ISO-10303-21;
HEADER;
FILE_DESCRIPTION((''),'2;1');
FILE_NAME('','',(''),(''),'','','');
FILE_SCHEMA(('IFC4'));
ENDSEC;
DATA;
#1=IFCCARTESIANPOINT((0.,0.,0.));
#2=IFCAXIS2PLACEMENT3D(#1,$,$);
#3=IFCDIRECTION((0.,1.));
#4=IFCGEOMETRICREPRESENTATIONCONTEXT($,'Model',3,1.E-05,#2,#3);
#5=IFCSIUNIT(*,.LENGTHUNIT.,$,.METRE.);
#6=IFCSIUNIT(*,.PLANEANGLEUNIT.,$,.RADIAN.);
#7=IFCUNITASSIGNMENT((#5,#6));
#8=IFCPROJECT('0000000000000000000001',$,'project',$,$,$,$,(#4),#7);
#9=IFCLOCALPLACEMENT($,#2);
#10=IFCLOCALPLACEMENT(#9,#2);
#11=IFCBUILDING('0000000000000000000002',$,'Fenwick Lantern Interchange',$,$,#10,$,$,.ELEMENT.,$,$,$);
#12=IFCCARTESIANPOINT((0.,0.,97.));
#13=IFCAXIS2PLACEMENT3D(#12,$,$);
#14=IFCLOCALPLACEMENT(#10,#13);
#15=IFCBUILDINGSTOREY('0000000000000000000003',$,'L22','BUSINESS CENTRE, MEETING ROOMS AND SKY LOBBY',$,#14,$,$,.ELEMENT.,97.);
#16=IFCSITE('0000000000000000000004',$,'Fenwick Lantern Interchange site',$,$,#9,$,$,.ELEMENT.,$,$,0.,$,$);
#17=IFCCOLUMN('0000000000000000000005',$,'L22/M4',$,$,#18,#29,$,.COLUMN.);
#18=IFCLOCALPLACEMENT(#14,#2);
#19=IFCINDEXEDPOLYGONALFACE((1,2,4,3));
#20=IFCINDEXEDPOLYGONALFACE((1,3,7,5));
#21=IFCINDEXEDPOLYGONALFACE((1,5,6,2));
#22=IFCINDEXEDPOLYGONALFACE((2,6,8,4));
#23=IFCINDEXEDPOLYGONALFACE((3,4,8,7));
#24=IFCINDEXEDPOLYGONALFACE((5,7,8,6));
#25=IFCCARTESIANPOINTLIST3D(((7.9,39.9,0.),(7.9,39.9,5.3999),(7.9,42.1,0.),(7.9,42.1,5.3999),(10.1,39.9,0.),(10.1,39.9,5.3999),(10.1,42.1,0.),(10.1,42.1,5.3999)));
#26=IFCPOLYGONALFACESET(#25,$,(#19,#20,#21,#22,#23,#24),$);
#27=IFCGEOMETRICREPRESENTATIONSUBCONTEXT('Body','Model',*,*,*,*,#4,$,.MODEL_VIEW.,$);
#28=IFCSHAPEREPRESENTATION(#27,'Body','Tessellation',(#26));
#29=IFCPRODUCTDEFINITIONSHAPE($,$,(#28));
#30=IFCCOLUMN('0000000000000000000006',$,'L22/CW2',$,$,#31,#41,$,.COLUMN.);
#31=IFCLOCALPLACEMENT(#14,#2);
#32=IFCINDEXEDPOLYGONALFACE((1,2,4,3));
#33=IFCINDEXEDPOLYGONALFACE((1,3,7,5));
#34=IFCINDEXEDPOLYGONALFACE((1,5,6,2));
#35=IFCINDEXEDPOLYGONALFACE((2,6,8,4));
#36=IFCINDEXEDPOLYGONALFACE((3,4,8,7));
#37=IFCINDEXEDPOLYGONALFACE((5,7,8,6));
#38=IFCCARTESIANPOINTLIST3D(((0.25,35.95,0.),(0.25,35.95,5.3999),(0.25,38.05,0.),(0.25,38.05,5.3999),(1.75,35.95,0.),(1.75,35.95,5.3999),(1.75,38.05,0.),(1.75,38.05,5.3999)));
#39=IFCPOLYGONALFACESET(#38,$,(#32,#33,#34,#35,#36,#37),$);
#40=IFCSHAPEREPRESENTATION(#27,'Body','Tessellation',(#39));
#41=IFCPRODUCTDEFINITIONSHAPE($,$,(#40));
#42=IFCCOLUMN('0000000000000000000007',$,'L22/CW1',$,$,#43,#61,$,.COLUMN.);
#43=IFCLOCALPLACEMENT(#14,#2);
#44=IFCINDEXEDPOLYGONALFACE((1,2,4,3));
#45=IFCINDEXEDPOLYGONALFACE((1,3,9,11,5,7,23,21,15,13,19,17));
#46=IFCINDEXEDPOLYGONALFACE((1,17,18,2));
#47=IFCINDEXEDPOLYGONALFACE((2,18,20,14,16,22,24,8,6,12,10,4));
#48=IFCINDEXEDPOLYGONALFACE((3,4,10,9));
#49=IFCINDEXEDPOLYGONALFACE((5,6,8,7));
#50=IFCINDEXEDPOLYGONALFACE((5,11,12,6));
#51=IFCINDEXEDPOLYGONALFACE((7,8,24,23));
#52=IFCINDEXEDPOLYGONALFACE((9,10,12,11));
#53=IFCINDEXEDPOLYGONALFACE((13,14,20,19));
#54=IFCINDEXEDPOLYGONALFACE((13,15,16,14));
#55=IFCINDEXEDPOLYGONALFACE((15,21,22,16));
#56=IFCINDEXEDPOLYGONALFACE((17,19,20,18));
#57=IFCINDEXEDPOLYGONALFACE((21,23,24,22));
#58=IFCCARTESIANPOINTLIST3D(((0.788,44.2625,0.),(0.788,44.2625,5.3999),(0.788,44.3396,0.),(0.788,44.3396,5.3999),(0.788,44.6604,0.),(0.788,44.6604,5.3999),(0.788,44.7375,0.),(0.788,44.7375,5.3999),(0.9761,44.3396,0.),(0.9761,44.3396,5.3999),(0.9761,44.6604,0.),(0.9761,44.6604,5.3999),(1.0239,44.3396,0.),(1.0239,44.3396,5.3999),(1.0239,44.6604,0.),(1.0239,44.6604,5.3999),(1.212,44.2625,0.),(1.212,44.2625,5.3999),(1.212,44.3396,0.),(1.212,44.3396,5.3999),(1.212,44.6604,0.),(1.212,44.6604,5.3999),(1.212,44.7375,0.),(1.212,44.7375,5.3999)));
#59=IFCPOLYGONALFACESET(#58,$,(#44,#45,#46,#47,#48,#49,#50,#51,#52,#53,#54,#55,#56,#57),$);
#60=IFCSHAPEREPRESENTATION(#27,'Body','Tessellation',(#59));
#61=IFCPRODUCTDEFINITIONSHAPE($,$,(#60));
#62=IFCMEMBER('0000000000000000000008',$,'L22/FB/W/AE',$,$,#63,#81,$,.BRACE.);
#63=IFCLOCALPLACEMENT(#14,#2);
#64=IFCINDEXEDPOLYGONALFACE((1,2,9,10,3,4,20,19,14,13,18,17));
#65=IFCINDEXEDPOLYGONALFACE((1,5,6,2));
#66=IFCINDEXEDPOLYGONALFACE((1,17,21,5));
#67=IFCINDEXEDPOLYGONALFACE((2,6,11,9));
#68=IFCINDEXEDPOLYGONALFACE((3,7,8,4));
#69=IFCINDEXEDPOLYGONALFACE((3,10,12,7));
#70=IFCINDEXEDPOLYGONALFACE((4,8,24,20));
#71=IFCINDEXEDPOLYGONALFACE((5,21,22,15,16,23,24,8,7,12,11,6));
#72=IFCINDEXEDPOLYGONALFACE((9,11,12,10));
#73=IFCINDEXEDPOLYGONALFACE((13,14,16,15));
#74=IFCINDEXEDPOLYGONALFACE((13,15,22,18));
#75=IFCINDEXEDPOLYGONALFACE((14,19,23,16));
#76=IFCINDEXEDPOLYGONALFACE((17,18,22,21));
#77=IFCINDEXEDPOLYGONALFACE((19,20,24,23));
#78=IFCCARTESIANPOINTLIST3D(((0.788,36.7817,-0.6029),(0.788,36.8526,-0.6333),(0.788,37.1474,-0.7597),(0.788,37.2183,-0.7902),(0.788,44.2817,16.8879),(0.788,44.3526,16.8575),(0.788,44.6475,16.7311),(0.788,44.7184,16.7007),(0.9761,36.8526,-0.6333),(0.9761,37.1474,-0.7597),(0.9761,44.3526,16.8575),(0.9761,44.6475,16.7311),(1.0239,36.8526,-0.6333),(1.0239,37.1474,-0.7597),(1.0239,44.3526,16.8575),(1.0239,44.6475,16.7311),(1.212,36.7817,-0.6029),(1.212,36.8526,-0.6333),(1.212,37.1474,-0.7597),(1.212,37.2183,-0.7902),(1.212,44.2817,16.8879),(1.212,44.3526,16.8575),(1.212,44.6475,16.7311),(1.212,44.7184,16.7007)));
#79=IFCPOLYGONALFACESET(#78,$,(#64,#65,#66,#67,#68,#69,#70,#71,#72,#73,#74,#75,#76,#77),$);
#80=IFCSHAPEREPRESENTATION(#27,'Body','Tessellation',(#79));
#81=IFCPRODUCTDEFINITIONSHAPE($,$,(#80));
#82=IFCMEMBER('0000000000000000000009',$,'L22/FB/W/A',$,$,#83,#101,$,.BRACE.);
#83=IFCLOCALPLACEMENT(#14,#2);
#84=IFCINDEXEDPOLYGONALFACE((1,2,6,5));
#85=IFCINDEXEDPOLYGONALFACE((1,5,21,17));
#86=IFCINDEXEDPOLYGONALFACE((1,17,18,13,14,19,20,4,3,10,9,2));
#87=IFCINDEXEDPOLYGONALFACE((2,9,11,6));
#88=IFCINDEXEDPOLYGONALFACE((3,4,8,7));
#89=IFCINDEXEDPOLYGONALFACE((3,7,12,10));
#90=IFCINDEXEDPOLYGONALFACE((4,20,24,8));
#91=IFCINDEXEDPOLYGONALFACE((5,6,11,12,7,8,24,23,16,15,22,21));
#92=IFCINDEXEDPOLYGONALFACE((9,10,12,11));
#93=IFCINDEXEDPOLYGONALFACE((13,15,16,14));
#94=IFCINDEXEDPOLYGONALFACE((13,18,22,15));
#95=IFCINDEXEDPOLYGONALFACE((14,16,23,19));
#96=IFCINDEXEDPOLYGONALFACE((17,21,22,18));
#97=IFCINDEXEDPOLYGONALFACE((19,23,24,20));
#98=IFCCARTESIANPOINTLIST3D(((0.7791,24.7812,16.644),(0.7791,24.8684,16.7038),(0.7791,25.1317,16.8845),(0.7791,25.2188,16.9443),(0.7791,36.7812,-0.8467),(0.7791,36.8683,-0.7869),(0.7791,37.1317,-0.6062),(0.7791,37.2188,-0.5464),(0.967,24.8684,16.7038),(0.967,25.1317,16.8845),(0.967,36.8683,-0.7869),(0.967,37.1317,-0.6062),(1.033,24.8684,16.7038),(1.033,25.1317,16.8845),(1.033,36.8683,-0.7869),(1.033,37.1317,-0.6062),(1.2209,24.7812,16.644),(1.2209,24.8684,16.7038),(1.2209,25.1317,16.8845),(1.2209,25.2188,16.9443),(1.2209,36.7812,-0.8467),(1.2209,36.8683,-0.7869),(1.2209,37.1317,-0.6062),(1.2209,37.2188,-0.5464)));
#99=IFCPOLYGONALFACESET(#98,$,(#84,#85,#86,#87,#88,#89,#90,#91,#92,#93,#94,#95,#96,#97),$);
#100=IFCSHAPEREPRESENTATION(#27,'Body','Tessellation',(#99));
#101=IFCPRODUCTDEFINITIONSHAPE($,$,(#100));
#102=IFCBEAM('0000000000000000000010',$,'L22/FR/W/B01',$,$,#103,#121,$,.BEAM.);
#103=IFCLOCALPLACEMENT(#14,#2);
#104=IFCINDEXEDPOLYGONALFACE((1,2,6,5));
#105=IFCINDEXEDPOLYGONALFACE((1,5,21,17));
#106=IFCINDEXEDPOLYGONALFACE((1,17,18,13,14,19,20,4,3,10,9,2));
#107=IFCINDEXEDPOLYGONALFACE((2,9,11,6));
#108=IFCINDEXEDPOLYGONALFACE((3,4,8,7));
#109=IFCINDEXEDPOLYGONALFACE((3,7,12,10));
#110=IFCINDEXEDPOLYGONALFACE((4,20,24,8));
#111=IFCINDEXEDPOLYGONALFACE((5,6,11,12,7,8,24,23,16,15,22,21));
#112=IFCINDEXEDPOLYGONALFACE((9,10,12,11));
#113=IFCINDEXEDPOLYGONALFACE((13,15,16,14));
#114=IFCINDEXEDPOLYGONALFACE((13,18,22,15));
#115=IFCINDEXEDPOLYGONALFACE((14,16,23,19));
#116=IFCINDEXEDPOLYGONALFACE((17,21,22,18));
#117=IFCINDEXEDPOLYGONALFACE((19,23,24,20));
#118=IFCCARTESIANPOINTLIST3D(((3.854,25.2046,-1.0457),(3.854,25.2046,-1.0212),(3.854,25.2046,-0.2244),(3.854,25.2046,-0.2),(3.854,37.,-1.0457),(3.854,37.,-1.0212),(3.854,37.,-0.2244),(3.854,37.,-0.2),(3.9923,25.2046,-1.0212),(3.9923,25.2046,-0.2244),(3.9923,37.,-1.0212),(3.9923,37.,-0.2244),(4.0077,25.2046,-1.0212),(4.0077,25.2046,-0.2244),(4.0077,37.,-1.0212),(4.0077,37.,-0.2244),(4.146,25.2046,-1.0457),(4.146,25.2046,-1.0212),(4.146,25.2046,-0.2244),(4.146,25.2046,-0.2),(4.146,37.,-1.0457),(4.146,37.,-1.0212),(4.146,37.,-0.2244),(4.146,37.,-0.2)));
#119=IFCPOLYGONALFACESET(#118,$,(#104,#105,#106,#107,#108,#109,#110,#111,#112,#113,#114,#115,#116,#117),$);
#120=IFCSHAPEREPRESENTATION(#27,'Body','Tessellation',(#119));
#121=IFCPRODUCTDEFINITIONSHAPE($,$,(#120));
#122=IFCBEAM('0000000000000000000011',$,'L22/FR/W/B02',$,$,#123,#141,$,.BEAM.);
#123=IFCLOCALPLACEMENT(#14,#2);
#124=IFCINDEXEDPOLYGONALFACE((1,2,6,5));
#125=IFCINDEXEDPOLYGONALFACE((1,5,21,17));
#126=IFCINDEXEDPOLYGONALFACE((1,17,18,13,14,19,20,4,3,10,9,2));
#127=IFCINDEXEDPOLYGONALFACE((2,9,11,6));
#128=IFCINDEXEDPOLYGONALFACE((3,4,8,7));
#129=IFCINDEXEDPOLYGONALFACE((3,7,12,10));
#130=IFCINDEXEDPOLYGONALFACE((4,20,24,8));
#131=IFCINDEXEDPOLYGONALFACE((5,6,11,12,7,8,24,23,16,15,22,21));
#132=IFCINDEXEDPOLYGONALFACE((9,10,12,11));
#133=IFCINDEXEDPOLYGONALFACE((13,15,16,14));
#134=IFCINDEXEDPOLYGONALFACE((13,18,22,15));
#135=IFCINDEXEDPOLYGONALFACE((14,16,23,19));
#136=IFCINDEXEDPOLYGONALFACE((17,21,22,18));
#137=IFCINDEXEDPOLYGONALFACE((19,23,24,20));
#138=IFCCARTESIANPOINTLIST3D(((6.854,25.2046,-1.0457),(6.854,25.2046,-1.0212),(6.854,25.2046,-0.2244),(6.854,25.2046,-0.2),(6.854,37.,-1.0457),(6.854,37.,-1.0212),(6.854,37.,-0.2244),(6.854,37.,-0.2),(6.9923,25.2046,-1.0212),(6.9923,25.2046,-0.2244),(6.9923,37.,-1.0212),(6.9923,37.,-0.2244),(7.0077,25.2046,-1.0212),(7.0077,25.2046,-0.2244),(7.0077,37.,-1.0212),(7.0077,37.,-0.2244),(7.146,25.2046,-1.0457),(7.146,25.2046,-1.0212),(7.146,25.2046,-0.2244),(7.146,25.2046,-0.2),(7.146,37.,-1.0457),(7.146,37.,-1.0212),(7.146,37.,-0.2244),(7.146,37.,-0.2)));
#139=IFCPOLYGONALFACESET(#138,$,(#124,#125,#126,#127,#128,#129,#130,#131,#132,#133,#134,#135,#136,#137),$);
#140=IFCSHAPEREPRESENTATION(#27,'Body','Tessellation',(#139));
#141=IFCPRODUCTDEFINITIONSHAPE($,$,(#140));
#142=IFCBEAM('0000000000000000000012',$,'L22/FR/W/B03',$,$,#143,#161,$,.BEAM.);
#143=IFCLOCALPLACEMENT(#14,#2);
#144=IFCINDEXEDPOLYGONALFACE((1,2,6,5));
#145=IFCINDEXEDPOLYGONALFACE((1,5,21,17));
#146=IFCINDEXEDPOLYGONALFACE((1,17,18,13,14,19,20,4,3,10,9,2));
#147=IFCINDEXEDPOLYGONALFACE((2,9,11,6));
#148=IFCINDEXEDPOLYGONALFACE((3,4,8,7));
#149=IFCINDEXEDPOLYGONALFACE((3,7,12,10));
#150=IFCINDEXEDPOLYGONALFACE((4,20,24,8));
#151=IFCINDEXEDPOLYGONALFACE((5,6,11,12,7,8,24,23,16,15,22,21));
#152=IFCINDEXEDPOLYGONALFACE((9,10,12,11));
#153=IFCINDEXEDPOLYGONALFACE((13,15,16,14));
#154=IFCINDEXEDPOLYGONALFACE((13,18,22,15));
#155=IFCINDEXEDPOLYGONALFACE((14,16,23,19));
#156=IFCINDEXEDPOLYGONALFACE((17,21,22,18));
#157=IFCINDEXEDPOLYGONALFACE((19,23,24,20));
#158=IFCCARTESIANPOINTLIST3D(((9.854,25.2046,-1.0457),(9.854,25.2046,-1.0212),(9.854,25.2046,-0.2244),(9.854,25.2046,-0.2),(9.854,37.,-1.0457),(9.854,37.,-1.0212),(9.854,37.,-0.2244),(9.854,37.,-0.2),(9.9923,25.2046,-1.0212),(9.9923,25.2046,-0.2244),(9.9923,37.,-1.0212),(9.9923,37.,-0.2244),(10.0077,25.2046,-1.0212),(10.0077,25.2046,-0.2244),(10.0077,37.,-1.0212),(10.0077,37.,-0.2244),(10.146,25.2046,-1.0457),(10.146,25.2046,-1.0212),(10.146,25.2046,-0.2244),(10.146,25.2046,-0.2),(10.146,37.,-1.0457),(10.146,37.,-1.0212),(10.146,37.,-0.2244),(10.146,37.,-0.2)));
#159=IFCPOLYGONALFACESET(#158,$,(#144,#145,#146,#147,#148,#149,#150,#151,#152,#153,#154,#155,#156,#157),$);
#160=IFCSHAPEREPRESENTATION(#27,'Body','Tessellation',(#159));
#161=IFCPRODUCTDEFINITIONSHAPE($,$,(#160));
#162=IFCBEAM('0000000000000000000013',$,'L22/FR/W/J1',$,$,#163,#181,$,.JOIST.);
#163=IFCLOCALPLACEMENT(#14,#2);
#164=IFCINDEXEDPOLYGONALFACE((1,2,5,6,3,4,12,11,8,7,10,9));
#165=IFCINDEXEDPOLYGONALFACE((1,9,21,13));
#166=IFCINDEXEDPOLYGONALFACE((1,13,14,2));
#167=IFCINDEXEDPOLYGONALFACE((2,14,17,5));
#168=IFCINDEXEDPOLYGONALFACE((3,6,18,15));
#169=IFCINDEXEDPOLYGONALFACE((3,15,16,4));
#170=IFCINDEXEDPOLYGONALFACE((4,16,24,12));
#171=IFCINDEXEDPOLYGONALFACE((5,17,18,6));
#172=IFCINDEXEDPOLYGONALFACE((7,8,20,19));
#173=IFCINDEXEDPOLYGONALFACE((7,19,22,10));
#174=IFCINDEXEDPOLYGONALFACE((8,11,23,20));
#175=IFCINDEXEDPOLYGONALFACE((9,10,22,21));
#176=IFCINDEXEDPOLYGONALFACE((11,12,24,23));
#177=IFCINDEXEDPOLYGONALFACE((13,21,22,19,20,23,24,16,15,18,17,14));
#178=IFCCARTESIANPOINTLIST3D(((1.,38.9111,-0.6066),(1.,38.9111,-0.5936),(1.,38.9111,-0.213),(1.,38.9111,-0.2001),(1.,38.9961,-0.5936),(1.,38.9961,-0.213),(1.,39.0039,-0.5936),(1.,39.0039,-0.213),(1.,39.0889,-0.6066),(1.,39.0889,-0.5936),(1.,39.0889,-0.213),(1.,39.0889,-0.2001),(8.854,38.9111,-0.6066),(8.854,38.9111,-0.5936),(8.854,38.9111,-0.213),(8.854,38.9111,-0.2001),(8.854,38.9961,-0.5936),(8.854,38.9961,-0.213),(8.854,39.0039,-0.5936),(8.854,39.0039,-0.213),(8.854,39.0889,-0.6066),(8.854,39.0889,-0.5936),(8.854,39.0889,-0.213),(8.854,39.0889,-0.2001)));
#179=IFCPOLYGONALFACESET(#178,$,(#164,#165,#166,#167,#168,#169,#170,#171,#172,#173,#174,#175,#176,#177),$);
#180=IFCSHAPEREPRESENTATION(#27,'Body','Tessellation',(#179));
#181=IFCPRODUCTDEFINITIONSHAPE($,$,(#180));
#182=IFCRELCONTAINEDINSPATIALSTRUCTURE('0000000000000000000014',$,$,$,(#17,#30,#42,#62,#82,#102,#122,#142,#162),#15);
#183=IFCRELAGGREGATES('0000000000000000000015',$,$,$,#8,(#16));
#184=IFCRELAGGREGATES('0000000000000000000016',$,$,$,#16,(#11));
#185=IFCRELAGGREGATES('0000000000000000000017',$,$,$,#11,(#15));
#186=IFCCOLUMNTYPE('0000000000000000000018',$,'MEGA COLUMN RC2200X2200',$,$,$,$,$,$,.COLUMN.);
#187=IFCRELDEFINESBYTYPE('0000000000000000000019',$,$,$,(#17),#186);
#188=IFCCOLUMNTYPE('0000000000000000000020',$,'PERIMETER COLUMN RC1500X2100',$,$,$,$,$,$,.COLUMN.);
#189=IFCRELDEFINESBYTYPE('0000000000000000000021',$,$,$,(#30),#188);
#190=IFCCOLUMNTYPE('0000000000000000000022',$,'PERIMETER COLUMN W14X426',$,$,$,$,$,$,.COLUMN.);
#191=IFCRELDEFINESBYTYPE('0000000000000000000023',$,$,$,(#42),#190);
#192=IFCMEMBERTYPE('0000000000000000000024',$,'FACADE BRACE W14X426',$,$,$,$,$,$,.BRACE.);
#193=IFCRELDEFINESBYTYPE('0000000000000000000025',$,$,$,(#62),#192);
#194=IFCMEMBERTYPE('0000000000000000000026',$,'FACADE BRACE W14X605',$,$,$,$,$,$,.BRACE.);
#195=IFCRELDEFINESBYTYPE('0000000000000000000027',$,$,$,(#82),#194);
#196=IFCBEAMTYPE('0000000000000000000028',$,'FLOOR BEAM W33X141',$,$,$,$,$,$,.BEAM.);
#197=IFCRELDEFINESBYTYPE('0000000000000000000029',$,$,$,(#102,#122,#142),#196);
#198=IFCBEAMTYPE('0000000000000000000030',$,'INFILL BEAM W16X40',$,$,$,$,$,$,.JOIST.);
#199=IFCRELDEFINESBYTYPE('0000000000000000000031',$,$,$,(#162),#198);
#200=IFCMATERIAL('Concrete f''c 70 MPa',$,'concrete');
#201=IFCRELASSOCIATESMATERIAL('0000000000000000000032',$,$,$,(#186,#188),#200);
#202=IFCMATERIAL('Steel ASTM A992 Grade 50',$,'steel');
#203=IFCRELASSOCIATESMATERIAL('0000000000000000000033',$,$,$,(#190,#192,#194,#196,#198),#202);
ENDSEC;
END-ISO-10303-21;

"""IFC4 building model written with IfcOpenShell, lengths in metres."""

from ifc_helpers import new_model, si_unit, direction, frame, origin, origin_2d, place, context, subcontext, project, spatial, rectangle, i_section, extrude, material, material_profile, profile_set, type_object, element, save


model = new_model("IFC4")

# Units and contexts
model_context = context("Model", 3, precision=1e-05, world=origin(), true_north=direction((0.0, 1.0)))
body_context = subcontext(model_context, "Body", "Model", "MODEL_VIEW")
ifc_project = project(units=[si_unit("LENGTHUNIT", "METRE"), si_unit("PLANEANGLEUNIT", "RADIAN")], contexts=[model_context])

# Site, building, storey
site_placement = place(None, origin())
site = spatial("IfcSite", under=ifc_project, at=site_placement, Name="Fenwick Lantern Interchange site", CompositionType="ELEMENT", RefElevation=0.0)
building_placement = place(site_placement, origin())
building = spatial("IfcBuilding", under=site, at=building_placement, Name="Fenwick Lantern Interchange", CompositionType="ELEMENT")
storey_placement = place(building_placement, frame((0.0, 0.0, 97.0)))
storey = spatial("IfcBuildingStorey", under=building, at=storey_placement, Name="L22", Description="BUSINESS CENTRE, MEETING ROOMS AND SKY LOBBY", CompositionType="ELEMENT", Elevation=97.0)

# Columns
ifc_material_1 = material(Name="Concrete f'c 70 MPa", Category="concrete")
ifc_material_profile_1 = material_profile(ifc_material_1, rectangle(XDim=2.2, YDim=2.2, at=origin_2d()), Name="RC2200X2200")
ifc_profile_set_1 = profile_set([ifc_material_profile_1], Name="Concrete f'c 70 MPa")
column_type_1 = type_object("IfcColumnType", Name="MEGA COLUMN RC2200X2200", PredefinedType="COLUMN", material=ifc_profile_set_1)
column_1_placement = place(storey_placement, frame((9.0, 41.0, 0.0), z_axis=(0.0, 0.0, 1.0), x_axis=(1.0, 0.0, 0.0)))
element("IfcColumn", 1, at=column_1_placement, inside=storey, type_object=column_type_1, Name="L22/M4", PredefinedType="COLUMN", context=body_context, shape_type="SweptSolid", body=[
    extrude(rectangle(XDim=2.2, YDim=2.2, at=origin_2d()), origin(), (0.0, 0.0, 1.0), 5.3999),
])
ifc_material_profile_2 = material_profile(ifc_material_1, rectangle(XDim=1.5, YDim=2.1001, at=origin_2d()), Name="RC1500X2100")
ifc_profile_set_2 = profile_set([ifc_material_profile_2], Name="Concrete f'c 70 MPa")
column_type_2 = type_object("IfcColumnType", Name="PERIMETER COLUMN RC1500X2100", PredefinedType="COLUMN", material=ifc_profile_set_2)
column_2_placement = place(storey_placement, frame((1.0, 37.0, 0.0), z_axis=(0.0, 0.0, 1.0), x_axis=(1.0, 0.0, 0.0)))
element("IfcColumn", 2, at=column_2_placement, inside=storey, type_object=column_type_2, Name="L22/CW2", PredefinedType="COLUMN", context=body_context, shape_type="SweptSolid", body=[
    extrude(rectangle(XDim=1.5, YDim=2.1001, at=origin_2d()), origin(), (0.0, 0.0, 1.0), 5.3999),
])
ifc_material_2 = material(Name="Steel ASTM A992 Grade 50", Category="steel")
ifc_material_profile_3 = material_profile(ifc_material_2, i_section(OverallWidth=0.4241, OverallDepth=0.4751, WebThickness=0.0479, FlangeThickness=0.0771, at=origin_2d()), Name="W14X426")
ifc_profile_set_3 = profile_set([ifc_material_profile_3], Name="Steel ASTM A992 Grade 50")
column_type_3 = type_object("IfcColumnType", Name="PERIMETER COLUMN W14X426", PredefinedType="COLUMN", material=ifc_profile_set_3)
column_3_placement = place(storey_placement, frame((1.0, 44.5, 0.0), z_axis=(0.0, 0.0, 1.0), x_axis=(1.0, 0.0, 0.0)))
element("IfcColumn", 3, at=column_3_placement, inside=storey, type_object=column_type_3, Name="L22/CW1", PredefinedType="COLUMN", context=body_context, shape_type="SweptSolid", body=[
    extrude(i_section(OverallWidth=0.4241, OverallDepth=0.4751, WebThickness=0.0479, FlangeThickness=0.0771, at=origin_2d()), origin(), (0.0, 0.0, 1.0), 5.3999),
])

# Members
ifc_material_profile_4 = material_profile(ifc_material_2, i_section(OverallWidth=0.4241, OverallDepth=0.4751, WebThickness=0.0479, FlangeThickness=0.0771, at=origin_2d()), Name="W14X426")
ifc_profile_set_4 = profile_set([ifc_material_profile_4], Name="Steel ASTM A992 Grade 50")
member_type_1 = type_object("IfcMemberType", Name="FACADE BRACE W14X426", PredefinedType="BRACE", material=ifc_profile_set_4)
member_1_placement = place(storey_placement, frame((1.0, 37.0, -0.6965), z_axis=(0.0, 0.394096, 0.919069), x_axis=(-1.0, 0.0, 0.0)))
element("IfcMember", 4, at=member_1_placement, inside=storey, type_object=member_type_1, Name="L22/FB/W/AE", PredefinedType="BRACE", context=body_context, shape_type="SweptSolid", body=[
    extrude(i_section(OverallWidth=0.4241, OverallDepth=0.4751, WebThickness=0.0479, FlangeThickness=0.0771, at=origin_2d()), origin(), (0.0, 0.0, 1.0), 19.031),
])
ifc_material_profile_5 = material_profile(ifc_material_2, i_section(OverallWidth=0.4419, OverallDepth=0.5308, WebThickness=0.0659, FlangeThickness=0.1057, at=origin_2d()), Name="W14X605")
ifc_profile_set_5 = profile_set([ifc_material_profile_5], Name="Steel ASTM A992 Grade 50")
member_type_2 = type_object("IfcMemberType", Name="FACADE BRACE W14X605", PredefinedType="BRACE", material=ifc_profile_set_5)
member_2_placement = place(storey_placement, frame((1.0, 37.0, -0.6965), z_axis=(0.0, -0.565732, 0.824589), x_axis=(1.0, 0.0, 0.0)))
element("IfcMember", 5, at=member_2_placement, inside=storey, type_object=member_type_2, Name="L22/FB/W/A", PredefinedType="BRACE", context=body_context, shape_type="SweptSolid", body=[
    extrude(i_section(OverallWidth=0.4419, OverallDepth=0.5308, WebThickness=0.0659, FlangeThickness=0.1057, at=origin_2d()), origin(), (0.0, 0.0, 1.0), 21.2114),
])

# Beams
ifc_material_profile_6 = material_profile(ifc_material_2, i_section(OverallWidth=0.292, OverallDepth=0.8457, WebThickness=0.0154, FlangeThickness=0.0244, at=origin_2d()), Name="W33X141")
ifc_profile_set_6 = profile_set([ifc_material_profile_6], Name="Steel ASTM A992 Grade 50")
beam_type_1 = type_object("IfcBeamType", Name="FLOOR BEAM W33X141", PredefinedType="BEAM", material=ifc_profile_set_6)
for number, where, z_axis, x_axis, name in (
    (6, (4.0, 37.0, -0.6228), (0.0, -1.0, 0.0), (1.0, 0.0, 0.0), "L22/FR/W/B01"),
    (7, (7.0, 37.0, -0.6228), (0.0, -1.0, 0.0), (1.0, 0.0, 0.0), "L22/FR/W/B02"),
    (8, (10.0, 37.0, -0.6228), (0.0, -1.0, 0.0), (1.0, 0.0, 0.0), "L22/FR/W/B03"),
):
    element("IfcBeam", number, at=place(storey_placement, frame(where, z_axis=z_axis, x_axis=x_axis)), inside=storey, type_object=beam_type_1, Name=name, PredefinedType="BEAM", context=body_context, shape_type="SweptSolid", body=[
        extrude(i_section(OverallWidth=0.292, OverallDepth=0.8457, WebThickness=0.0154, FlangeThickness=0.0244, at=origin_2d()), origin(), (0.0, 0.0, 1.0), 11.7954),
    ])
ifc_material_profile_7 = material_profile(ifc_material_2, i_section(OverallWidth=0.1777, OverallDepth=0.4065, WebThickness=0.0078, FlangeThickness=0.0129, at=origin_2d()), Name="W16X40")
ifc_profile_set_7 = profile_set([ifc_material_profile_7], Name="Steel ASTM A992 Grade 50")
beam_type_2 = type_object("IfcBeamType", Name="INFILL BEAM W16X40", PredefinedType="JOIST", material=ifc_profile_set_7)
beam_1_placement = place(storey_placement, frame((1.0, 39.0, -0.4033), z_axis=(1.0, 0.0, 0.0), x_axis=(0.0, 1.0, 0.0)))
element("IfcBeam", 9, at=beam_1_placement, inside=storey, type_object=beam_type_2, Name="L22/FR/W/J1", PredefinedType="JOIST", context=body_context, shape_type="SweptSolid", body=[
    extrude(i_section(OverallWidth=0.1777, OverallDepth=0.4065, WebThickness=0.0078, FlangeThickness=0.0129, at=origin_2d()), origin(), (0.0, 0.0, 1.0), 7.854),
])

save(model, "model.ifc")
